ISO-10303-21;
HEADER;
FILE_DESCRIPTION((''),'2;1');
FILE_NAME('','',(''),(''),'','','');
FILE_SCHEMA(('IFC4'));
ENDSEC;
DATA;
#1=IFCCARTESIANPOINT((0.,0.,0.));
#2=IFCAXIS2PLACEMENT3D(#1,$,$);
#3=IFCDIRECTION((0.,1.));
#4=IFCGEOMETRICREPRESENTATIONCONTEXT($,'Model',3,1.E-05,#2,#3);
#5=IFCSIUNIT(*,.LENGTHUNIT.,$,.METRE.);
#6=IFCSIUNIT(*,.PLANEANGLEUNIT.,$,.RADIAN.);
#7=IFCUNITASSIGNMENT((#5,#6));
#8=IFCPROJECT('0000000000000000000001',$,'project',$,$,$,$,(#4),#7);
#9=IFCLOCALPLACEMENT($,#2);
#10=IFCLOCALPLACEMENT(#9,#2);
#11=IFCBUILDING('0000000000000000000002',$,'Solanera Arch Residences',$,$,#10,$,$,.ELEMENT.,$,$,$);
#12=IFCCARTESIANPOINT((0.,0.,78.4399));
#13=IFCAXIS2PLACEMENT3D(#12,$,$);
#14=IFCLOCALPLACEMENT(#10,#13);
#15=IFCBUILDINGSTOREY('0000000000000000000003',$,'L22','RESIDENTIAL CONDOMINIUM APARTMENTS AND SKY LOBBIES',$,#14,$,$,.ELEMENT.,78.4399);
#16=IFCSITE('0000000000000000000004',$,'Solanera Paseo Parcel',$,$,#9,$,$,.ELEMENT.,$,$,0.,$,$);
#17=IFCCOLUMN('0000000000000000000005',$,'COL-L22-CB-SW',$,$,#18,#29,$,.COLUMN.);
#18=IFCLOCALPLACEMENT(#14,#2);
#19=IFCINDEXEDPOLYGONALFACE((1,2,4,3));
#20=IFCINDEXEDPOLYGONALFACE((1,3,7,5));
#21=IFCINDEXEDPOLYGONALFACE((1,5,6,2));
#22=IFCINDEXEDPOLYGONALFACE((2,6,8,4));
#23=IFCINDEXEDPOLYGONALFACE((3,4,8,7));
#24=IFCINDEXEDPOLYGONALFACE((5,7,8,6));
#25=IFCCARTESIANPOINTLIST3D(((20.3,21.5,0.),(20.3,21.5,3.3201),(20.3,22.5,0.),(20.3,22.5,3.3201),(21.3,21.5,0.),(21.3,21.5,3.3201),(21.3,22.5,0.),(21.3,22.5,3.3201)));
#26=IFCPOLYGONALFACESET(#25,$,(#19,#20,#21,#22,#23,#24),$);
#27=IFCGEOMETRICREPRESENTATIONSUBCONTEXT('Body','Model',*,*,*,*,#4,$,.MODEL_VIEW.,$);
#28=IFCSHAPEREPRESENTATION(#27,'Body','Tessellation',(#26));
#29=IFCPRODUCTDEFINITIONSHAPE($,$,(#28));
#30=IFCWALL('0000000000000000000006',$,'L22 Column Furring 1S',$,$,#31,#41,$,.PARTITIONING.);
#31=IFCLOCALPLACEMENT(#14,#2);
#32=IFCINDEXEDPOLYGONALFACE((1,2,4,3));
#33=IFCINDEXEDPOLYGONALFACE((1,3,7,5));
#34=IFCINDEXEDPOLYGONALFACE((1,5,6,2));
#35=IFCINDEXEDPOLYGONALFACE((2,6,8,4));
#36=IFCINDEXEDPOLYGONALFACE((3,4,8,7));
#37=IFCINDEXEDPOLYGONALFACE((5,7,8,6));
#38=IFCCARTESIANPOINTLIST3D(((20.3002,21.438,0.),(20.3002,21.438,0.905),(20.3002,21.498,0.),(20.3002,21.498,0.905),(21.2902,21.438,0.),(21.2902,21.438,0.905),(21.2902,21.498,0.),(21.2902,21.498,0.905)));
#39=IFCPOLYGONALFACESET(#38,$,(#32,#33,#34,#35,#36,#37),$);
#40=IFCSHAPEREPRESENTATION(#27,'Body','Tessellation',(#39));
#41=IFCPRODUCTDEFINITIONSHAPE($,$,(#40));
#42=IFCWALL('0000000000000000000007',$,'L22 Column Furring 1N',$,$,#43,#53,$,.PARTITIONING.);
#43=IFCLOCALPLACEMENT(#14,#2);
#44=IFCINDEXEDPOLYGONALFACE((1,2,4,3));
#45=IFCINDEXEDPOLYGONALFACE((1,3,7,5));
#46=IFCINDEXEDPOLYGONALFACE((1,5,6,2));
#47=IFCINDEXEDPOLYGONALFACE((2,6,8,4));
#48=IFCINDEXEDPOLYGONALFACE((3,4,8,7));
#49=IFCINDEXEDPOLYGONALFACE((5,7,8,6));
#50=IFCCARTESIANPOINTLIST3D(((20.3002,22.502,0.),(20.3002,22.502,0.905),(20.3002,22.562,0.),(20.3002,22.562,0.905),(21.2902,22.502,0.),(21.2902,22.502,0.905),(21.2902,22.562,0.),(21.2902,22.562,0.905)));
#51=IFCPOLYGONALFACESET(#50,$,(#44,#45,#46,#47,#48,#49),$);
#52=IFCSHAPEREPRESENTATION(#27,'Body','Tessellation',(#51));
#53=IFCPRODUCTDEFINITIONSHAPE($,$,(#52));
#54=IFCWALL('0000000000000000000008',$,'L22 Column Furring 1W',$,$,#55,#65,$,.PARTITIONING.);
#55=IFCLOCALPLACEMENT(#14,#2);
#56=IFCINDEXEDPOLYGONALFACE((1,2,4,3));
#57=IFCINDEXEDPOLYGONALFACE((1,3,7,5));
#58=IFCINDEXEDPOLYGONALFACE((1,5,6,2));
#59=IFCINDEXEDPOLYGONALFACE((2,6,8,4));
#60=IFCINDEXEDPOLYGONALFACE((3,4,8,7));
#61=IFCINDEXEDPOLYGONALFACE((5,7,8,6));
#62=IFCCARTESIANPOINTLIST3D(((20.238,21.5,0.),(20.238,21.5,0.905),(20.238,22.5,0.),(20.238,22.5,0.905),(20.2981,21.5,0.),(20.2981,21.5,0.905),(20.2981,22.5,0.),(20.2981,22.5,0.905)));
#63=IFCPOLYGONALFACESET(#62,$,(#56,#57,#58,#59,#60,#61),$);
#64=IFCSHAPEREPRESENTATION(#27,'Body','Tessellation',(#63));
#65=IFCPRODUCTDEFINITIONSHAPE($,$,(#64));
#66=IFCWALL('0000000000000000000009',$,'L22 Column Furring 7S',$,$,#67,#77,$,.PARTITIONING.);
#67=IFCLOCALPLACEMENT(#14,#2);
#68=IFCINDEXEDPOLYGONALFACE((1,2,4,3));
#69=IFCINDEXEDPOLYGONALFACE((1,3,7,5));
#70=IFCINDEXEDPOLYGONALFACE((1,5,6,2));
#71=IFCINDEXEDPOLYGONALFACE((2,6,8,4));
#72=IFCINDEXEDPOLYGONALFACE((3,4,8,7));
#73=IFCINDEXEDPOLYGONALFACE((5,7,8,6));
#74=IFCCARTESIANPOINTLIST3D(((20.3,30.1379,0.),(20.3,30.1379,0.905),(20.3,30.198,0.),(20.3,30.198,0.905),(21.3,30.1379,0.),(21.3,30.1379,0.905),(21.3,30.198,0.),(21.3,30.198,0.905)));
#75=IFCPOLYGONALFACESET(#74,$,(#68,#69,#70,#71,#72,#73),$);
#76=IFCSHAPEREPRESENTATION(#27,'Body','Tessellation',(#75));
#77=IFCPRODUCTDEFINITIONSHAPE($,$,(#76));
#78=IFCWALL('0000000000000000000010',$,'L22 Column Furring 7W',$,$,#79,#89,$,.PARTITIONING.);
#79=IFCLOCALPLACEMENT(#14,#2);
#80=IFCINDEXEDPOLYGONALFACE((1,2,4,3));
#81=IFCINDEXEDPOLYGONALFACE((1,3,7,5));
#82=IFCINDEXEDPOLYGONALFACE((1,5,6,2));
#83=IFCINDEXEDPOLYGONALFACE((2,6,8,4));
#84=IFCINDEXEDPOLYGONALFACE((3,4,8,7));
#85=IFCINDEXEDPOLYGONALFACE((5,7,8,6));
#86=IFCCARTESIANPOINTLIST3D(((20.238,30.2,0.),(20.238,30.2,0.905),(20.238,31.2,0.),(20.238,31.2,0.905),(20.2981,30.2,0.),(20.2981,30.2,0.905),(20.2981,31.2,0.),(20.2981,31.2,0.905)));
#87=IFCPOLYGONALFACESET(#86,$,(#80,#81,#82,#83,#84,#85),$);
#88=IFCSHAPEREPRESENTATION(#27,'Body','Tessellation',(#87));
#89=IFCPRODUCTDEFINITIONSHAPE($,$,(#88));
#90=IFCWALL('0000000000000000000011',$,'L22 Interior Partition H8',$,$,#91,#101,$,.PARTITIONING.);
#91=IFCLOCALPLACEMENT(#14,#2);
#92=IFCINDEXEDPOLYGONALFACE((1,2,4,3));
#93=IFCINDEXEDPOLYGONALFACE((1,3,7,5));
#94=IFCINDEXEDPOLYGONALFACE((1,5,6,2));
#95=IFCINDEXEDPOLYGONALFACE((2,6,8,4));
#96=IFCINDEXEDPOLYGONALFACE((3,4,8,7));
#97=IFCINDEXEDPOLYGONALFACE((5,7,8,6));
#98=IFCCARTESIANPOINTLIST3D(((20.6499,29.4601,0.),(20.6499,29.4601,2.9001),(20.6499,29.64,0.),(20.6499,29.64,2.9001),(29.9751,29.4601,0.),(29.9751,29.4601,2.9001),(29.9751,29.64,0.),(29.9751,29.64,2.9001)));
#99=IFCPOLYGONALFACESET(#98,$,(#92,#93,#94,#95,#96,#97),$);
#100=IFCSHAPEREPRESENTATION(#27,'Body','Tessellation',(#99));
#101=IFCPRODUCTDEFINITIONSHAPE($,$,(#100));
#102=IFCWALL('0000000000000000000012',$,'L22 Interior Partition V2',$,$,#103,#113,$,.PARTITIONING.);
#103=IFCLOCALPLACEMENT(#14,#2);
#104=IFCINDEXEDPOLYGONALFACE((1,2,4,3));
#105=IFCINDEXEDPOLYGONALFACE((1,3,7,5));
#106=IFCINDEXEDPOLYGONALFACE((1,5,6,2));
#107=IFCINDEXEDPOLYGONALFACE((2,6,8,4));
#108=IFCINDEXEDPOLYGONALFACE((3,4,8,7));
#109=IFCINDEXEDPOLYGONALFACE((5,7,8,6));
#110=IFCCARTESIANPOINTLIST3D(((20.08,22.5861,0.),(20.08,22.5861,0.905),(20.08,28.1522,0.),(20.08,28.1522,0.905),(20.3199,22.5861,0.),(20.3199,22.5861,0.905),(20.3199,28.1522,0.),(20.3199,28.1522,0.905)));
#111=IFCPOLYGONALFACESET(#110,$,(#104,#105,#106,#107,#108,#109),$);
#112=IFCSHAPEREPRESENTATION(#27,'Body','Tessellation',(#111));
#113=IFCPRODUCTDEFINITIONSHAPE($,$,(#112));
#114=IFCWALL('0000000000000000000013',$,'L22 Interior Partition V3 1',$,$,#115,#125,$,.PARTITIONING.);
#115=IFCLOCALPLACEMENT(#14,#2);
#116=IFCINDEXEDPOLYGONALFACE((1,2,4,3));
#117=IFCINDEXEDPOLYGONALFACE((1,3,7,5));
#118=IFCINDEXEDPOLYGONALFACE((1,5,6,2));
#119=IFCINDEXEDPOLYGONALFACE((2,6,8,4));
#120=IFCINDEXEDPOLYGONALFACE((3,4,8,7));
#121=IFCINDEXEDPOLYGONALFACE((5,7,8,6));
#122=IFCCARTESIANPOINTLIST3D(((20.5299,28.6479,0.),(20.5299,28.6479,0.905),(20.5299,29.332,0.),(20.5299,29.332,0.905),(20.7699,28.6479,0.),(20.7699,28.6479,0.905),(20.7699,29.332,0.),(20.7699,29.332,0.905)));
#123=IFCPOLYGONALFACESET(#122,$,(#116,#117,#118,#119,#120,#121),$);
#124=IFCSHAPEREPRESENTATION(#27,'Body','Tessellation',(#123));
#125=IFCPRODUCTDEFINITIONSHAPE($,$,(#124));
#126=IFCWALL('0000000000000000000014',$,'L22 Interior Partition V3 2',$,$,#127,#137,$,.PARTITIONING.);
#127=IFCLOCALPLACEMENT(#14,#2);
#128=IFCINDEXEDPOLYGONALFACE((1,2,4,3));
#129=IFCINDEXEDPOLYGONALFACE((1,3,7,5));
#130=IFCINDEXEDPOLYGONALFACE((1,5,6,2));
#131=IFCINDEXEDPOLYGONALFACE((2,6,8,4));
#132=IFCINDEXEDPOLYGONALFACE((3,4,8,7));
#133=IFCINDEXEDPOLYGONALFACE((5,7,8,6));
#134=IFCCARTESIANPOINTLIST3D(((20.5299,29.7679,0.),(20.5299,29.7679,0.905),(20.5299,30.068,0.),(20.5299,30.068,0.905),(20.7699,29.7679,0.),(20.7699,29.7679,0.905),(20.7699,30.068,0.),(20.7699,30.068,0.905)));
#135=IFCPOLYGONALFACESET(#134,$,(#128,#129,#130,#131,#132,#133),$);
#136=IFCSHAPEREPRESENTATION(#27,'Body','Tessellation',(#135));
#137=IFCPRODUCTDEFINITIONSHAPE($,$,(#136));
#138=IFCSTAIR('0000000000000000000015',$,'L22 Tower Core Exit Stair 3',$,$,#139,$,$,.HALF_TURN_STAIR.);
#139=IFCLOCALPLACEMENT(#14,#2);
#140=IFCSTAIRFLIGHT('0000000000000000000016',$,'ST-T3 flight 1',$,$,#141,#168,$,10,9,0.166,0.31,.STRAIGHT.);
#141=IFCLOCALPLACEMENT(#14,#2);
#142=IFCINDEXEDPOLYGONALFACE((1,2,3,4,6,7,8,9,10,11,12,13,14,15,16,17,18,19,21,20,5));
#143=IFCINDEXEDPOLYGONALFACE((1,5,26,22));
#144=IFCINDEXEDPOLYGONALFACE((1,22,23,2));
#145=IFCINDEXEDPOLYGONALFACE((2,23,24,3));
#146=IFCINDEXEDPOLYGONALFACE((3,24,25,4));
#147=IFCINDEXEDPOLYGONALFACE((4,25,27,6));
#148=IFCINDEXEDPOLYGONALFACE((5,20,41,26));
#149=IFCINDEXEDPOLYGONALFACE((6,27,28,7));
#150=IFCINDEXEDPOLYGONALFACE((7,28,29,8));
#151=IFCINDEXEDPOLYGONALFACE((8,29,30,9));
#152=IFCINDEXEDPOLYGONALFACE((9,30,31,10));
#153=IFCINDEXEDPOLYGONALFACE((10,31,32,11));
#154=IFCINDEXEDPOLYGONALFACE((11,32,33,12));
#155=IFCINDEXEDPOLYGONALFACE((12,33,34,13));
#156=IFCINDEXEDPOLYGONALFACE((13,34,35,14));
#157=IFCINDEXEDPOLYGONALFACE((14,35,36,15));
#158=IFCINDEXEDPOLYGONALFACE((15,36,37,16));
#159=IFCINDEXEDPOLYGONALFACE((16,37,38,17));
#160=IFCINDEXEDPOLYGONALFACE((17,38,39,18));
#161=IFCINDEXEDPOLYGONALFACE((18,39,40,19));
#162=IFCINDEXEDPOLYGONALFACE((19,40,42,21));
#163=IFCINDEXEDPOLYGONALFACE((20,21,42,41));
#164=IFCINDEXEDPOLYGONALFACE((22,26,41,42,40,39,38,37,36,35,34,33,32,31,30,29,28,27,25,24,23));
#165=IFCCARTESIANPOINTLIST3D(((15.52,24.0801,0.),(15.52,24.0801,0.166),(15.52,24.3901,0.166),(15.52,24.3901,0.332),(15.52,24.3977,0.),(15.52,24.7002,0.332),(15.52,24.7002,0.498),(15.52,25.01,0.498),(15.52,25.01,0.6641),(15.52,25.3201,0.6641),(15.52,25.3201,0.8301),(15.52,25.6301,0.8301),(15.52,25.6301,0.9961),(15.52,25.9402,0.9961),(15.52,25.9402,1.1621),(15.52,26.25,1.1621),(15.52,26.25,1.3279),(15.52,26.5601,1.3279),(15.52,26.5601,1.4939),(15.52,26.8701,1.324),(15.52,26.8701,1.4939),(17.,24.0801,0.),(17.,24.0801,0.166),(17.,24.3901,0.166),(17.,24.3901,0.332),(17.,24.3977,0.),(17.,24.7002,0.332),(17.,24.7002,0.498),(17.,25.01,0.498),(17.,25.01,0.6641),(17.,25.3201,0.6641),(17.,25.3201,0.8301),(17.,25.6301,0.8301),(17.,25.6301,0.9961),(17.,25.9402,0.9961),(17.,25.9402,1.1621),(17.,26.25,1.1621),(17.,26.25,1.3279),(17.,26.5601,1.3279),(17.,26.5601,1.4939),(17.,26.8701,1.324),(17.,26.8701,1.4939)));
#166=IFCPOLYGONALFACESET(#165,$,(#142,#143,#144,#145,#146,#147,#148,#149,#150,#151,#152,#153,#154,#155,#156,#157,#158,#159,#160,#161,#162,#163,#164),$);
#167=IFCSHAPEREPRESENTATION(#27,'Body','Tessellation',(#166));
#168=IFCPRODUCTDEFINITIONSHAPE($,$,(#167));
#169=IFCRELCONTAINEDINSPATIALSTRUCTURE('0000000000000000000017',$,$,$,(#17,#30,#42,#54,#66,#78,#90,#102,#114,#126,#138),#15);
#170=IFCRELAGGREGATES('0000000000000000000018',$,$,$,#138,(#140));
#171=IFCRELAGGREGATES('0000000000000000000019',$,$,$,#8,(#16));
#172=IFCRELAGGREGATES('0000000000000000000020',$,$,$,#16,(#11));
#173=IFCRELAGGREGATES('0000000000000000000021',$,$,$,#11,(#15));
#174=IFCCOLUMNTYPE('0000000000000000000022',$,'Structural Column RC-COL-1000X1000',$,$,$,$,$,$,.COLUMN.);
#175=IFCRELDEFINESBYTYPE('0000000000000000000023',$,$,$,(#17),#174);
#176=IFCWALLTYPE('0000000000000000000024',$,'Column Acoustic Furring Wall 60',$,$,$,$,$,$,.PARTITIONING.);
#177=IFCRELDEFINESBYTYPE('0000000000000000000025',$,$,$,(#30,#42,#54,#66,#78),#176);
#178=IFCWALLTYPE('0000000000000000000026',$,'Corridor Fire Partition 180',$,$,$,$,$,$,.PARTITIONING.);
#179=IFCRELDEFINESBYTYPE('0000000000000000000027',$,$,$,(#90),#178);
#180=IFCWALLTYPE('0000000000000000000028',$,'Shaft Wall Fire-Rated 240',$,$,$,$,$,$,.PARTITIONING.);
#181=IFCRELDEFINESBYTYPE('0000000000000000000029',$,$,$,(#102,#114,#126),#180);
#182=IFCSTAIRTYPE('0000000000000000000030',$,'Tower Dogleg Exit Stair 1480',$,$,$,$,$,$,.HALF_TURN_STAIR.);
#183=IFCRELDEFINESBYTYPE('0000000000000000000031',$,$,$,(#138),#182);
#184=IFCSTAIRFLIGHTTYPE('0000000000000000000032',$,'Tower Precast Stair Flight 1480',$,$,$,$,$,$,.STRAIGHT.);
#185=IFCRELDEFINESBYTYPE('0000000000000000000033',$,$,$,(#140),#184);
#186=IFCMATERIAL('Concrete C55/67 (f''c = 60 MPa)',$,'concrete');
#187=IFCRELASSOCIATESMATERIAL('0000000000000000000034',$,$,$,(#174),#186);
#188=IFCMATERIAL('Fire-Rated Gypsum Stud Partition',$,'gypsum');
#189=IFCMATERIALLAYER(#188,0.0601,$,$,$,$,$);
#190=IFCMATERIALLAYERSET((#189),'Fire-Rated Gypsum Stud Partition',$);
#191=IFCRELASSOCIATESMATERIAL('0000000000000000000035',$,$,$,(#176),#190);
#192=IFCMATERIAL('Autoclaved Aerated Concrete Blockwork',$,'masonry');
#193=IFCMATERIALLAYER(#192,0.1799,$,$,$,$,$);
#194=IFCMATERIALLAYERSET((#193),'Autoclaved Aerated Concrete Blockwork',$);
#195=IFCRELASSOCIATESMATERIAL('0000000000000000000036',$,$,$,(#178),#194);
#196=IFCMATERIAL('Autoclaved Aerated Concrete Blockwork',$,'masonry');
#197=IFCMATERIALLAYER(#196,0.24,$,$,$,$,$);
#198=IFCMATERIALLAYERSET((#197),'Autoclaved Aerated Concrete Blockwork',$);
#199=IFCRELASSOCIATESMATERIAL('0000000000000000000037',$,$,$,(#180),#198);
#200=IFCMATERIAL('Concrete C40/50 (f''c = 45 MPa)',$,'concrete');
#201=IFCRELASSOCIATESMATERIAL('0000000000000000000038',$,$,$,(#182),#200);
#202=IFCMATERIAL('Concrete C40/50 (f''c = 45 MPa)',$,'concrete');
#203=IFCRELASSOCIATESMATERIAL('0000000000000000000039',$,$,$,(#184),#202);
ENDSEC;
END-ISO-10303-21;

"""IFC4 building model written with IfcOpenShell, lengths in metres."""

from ifc_helpers import new_model, si_unit, direction, frame, frame_2d, origin, origin_2d, place, context, subcontext, project, spatial, polyline, rectangle, outline, extrude, material, layer, layer_set, material_profile, profile_set, type_object, element, aggregate, save


model = new_model("IFC4")

# Units and contexts
model_context = context("Model", 3, precision=1e-05, world=origin(), true_north=direction((0.0, 1.0)))
body_context = subcontext(model_context, "Body", "Model", "MODEL_VIEW")
ifc_project = project(units=[si_unit("LENGTHUNIT", "METRE"), si_unit("PLANEANGLEUNIT", "RADIAN")], contexts=[model_context])

# Site, building, storey
site_placement = place(None, origin())
site = spatial("IfcSite", under=ifc_project, at=site_placement, Name="Solanera Paseo Parcel", CompositionType="ELEMENT", RefElevation=0.0)
building_placement = place(site_placement, origin())
building = spatial("IfcBuilding", under=site, at=building_placement, Name="Solanera Arch Residences", CompositionType="ELEMENT")
storey_placement = place(building_placement, frame((0.0, 0.0, 78.4399)))
storey = spatial("IfcBuildingStorey", under=building, at=storey_placement, Name="L22", Description="RESIDENTIAL CONDOMINIUM APARTMENTS AND SKY LOBBIES", CompositionType="ELEMENT", Elevation=78.4399)

# Column
ifc_material_1 = material(Name="Concrete C55/67 (f'c = 60 MPa)", Category="concrete")
ifc_material_profile = material_profile(ifc_material_1, rectangle(XDim=1.0, YDim=1.0, at=origin_2d()))
ifc_profile_set = profile_set([ifc_material_profile], Name="Concrete C55/67 (f'c = 60 MPa)")
column_type = type_object("IfcColumnType", Name="Structural Column RC-COL-1000X1000", PredefinedType="COLUMN", material=ifc_profile_set)
column_placement = place(storey_placement, frame((20.8, 22.0, 0.0), z_axis=(0.0, 0.0, 1.0), x_axis=(1.0, 0.0, 0.0)))
element("IfcColumn", 1, at=column_placement, inside=storey, type_object=column_type, Name="COL-L22-CB-SW", PredefinedType="COLUMN", context=body_context, shape_type="SweptSolid", body=[
    extrude(rectangle(XDim=1.0, YDim=1.0, at=origin_2d()), origin(), (0.0, 0.0, 1.0), 3.3201),
])

# Walls
ifc_material_2 = material(Name="Fire-Rated Gypsum Stud Partition", Category="gypsum")
ifc_layer_1 = layer(ifc_material_2, 0.0601)
ifc_layer_set_1 = layer_set([ifc_layer_1], Name="Fire-Rated Gypsum Stud Partition")
wall_type_1 = type_object("IfcWallType", Name="Column Acoustic Furring Wall 60", PredefinedType="PARTITIONING", material=ifc_layer_set_1)
for number, where, z_axis, x_axis, name in (
    (2, (20.3, 21.468, 0.0), (0.0, 0.0, 1.0), (1.0, 0.0, 0.0), "L22 Column Furring 1S"),
    (3, (20.3, 22.532, 0.0), (0.0, 0.0, 1.0), (1.0, 0.0, 0.0), "L22 Column Furring 1N"),
):
    element("IfcWall", number, at=place(storey_placement, frame(where, z_axis=z_axis, x_axis=x_axis)), inside=storey, type_object=wall_type_1, Name=name, PredefinedType="PARTITIONING", context=body_context, shape_type="SweptSolid", body=[
        extrude(rectangle(XDim=0.99, YDim=0.0601, at=frame_2d((0.4951, 0.0))), origin(), (0.0, 0.0, 1.0), 0.905),
    ])
for number, where, z_axis, x_axis, name in (
    (4, (20.2681, 21.5, 0.0), (0.0, 0.0, 1.0), (0.0, 1.0, 0.0), "L22 Column Furring 1W"),
    (5, (20.3, 30.168, 0.0), (0.0, 0.0, 1.0), (1.0, 0.0, 0.0), "L22 Column Furring 7S"),
    (6, (20.2681, 30.2, 0.0), (0.0, 0.0, 1.0), (0.0, 1.0, 0.0), "L22 Column Furring 7W"),
):
    element("IfcWall", number, at=place(storey_placement, frame(where, z_axis=z_axis, x_axis=x_axis)), inside=storey, type_object=wall_type_1, Name=name, PredefinedType="PARTITIONING", context=body_context, shape_type="SweptSolid", body=[
        extrude(rectangle(XDim=1.0, YDim=0.0601, at=frame_2d((0.5, 0.0))), origin(), (0.0, 0.0, 1.0), 0.905),
    ])

# Wall
ifc_material_3 = material(Name="Autoclaved Aerated Concrete Blockwork", Category="masonry")
ifc_layer_2 = layer(ifc_material_3, 0.1799)
ifc_layer_set_2 = layer_set([ifc_layer_2], Name="Autoclaved Aerated Concrete Blockwork")
wall_type_2 = type_object("IfcWallType", Name="Corridor Fire Partition 180", PredefinedType="PARTITIONING", material=ifc_layer_set_2)
wall_1_placement = place(storey_placement, frame((20.6499, 29.55, 0.0), z_axis=(0.0, 0.0, 1.0), x_axis=(1.0, 0.0, 0.0)))
element("IfcWall", 7, at=wall_1_placement, inside=storey, type_object=wall_type_2, Name="L22 Interior Partition H8", PredefinedType="PARTITIONING", context=body_context, shape_type="SweptSolid", body=[
    extrude(rectangle(XDim=9.3252, YDim=0.1799, at=frame_2d((4.6626, 0.0))), origin(), (0.0, 0.0, 1.0), 2.9001),
])

# Shared definitions
ifc_material_4 = material(Name="Autoclaved Aerated Concrete Blockwork", Category="masonry")
ifc_layer_3 = layer(ifc_material_4, 0.24)
ifc_layer_set_3 = layer_set([ifc_layer_3], Name="Autoclaved Aerated Concrete Blockwork")
wall_type_3 = type_object("IfcWallType", Name="Shaft Wall Fire-Rated 240", PredefinedType="PARTITIONING", material=ifc_layer_set_3)

# Walls
wall_2_placement = place(storey_placement, frame((20.2, 22.5859, 0.0), z_axis=(0.0, 0.0, 1.0), x_axis=(0.0, 1.0, 0.0)))
element("IfcWall", 8, at=wall_2_placement, inside=storey, type_object=wall_type_3, Name="L22 Interior Partition V2", PredefinedType="PARTITIONING", context=body_context, shape_type="SweptSolid", body=[
    extrude(rectangle(XDim=5.5662, YDim=0.24, at=frame_2d((2.7832, 0.0))), origin(), (0.0, 0.0, 1.0), 0.905),
])
wall_3_placement = place(storey_placement, frame((20.6499, 28.6479, 0.0), z_axis=(0.0, 0.0, 1.0), x_axis=(0.0, 1.0, 0.0)))
element("IfcWall", 9, at=wall_3_placement, inside=storey, type_object=wall_type_3, Name="L22 Interior Partition V3 1", PredefinedType="PARTITIONING", context=body_context, shape_type="SweptSolid", body=[
    extrude(rectangle(XDim=0.6841, YDim=0.24, at=frame_2d((0.342, 0.0))), origin(), (0.0, 0.0, 1.0), 0.905),
])
wall_4_placement = place(storey_placement, frame((20.6499, 29.7681, 0.0), z_axis=(0.0, 0.0, 1.0), x_axis=(0.0, 1.0, 0.0)))
element("IfcWall", 10, at=wall_4_placement, inside=storey, type_object=wall_type_3, Name="L22 Interior Partition V3 2", PredefinedType="PARTITIONING", context=body_context, shape_type="SweptSolid", body=[
    extrude(rectangle(XDim=0.3, YDim=0.24, at=frame_2d((0.1499, 0.0))), origin(), (0.0, 0.0, 1.0), 0.905),
])

# Stair, stair flight
ifc_material_5 = material(Name="Concrete C40/50 (f'c = 45 MPa)", Category="concrete")
stair_type = type_object("IfcStairType", Name="Tower Dogleg Exit Stair 1480", PredefinedType="HALF_TURN_STAIR", material=ifc_material_5)
stair_placement = place(storey_placement, origin())
stair = element("IfcStair", 11, at=stair_placement, inside=storey, type_object=stair_type, Name="L22 Tower Core Exit Stair 3", PredefinedType="HALF_TURN_STAIR")
ifc_material_6 = material(Name="Concrete C40/50 (f'c = 45 MPa)", Category="concrete")
stair_flight_type = type_object("IfcStairFlightType", Name="Tower Precast Stair Flight 1480", PredefinedType="STRAIGHT", material=ifc_material_6)
stair_flight_placement = place(storey_placement, frame((16.26, 24.0801, 0.0), z_axis=(0.0, 0.0, 1.0), x_axis=(0.0, 1.0, 0.0)))
stair_flight = element("IfcStairFlight", 12, at=stair_flight_placement, type_object=stair_flight_type, Name="ST-T3 flight 1", NumberOfRisers=10, NumberOfTreads=9, PredefinedType="STRAIGHT", RiserHeight=0.166, TreadLength=0.31, context=body_context, shape_type="SweptSolid", body=[
    extrude(outline(polyline([(0.0, 0.0), (0.0, 0.166), (0.3101, 0.166), (0.3101, 0.332), (0.6201, 0.332), (0.6201, 0.498), (0.9299, 0.498), (0.9299, 0.6641), (1.24, 0.6641), (1.24, 0.8301), (1.55, 0.8301), (1.55, 0.9961), (1.8601, 0.9961), (1.8601, 1.1621), (2.1699, 1.1621), (2.1699, 1.3279), (2.48, 1.3279), (2.48, 1.4939), (2.79, 1.4939), (2.79, 1.6599), (2.79, 1.324), (0.3176, 0.0), (0.0, 0.0)])), frame((0.0, 0.74, 0.0), z_axis=(0.0, -1.0, 0.0), x_axis=(1.0, 0.0, 0.0)), (0.0, 0.0, 1.0), 1.48),
])
aggregate(stair, [stair_flight])

save(model, "model.ifc")
